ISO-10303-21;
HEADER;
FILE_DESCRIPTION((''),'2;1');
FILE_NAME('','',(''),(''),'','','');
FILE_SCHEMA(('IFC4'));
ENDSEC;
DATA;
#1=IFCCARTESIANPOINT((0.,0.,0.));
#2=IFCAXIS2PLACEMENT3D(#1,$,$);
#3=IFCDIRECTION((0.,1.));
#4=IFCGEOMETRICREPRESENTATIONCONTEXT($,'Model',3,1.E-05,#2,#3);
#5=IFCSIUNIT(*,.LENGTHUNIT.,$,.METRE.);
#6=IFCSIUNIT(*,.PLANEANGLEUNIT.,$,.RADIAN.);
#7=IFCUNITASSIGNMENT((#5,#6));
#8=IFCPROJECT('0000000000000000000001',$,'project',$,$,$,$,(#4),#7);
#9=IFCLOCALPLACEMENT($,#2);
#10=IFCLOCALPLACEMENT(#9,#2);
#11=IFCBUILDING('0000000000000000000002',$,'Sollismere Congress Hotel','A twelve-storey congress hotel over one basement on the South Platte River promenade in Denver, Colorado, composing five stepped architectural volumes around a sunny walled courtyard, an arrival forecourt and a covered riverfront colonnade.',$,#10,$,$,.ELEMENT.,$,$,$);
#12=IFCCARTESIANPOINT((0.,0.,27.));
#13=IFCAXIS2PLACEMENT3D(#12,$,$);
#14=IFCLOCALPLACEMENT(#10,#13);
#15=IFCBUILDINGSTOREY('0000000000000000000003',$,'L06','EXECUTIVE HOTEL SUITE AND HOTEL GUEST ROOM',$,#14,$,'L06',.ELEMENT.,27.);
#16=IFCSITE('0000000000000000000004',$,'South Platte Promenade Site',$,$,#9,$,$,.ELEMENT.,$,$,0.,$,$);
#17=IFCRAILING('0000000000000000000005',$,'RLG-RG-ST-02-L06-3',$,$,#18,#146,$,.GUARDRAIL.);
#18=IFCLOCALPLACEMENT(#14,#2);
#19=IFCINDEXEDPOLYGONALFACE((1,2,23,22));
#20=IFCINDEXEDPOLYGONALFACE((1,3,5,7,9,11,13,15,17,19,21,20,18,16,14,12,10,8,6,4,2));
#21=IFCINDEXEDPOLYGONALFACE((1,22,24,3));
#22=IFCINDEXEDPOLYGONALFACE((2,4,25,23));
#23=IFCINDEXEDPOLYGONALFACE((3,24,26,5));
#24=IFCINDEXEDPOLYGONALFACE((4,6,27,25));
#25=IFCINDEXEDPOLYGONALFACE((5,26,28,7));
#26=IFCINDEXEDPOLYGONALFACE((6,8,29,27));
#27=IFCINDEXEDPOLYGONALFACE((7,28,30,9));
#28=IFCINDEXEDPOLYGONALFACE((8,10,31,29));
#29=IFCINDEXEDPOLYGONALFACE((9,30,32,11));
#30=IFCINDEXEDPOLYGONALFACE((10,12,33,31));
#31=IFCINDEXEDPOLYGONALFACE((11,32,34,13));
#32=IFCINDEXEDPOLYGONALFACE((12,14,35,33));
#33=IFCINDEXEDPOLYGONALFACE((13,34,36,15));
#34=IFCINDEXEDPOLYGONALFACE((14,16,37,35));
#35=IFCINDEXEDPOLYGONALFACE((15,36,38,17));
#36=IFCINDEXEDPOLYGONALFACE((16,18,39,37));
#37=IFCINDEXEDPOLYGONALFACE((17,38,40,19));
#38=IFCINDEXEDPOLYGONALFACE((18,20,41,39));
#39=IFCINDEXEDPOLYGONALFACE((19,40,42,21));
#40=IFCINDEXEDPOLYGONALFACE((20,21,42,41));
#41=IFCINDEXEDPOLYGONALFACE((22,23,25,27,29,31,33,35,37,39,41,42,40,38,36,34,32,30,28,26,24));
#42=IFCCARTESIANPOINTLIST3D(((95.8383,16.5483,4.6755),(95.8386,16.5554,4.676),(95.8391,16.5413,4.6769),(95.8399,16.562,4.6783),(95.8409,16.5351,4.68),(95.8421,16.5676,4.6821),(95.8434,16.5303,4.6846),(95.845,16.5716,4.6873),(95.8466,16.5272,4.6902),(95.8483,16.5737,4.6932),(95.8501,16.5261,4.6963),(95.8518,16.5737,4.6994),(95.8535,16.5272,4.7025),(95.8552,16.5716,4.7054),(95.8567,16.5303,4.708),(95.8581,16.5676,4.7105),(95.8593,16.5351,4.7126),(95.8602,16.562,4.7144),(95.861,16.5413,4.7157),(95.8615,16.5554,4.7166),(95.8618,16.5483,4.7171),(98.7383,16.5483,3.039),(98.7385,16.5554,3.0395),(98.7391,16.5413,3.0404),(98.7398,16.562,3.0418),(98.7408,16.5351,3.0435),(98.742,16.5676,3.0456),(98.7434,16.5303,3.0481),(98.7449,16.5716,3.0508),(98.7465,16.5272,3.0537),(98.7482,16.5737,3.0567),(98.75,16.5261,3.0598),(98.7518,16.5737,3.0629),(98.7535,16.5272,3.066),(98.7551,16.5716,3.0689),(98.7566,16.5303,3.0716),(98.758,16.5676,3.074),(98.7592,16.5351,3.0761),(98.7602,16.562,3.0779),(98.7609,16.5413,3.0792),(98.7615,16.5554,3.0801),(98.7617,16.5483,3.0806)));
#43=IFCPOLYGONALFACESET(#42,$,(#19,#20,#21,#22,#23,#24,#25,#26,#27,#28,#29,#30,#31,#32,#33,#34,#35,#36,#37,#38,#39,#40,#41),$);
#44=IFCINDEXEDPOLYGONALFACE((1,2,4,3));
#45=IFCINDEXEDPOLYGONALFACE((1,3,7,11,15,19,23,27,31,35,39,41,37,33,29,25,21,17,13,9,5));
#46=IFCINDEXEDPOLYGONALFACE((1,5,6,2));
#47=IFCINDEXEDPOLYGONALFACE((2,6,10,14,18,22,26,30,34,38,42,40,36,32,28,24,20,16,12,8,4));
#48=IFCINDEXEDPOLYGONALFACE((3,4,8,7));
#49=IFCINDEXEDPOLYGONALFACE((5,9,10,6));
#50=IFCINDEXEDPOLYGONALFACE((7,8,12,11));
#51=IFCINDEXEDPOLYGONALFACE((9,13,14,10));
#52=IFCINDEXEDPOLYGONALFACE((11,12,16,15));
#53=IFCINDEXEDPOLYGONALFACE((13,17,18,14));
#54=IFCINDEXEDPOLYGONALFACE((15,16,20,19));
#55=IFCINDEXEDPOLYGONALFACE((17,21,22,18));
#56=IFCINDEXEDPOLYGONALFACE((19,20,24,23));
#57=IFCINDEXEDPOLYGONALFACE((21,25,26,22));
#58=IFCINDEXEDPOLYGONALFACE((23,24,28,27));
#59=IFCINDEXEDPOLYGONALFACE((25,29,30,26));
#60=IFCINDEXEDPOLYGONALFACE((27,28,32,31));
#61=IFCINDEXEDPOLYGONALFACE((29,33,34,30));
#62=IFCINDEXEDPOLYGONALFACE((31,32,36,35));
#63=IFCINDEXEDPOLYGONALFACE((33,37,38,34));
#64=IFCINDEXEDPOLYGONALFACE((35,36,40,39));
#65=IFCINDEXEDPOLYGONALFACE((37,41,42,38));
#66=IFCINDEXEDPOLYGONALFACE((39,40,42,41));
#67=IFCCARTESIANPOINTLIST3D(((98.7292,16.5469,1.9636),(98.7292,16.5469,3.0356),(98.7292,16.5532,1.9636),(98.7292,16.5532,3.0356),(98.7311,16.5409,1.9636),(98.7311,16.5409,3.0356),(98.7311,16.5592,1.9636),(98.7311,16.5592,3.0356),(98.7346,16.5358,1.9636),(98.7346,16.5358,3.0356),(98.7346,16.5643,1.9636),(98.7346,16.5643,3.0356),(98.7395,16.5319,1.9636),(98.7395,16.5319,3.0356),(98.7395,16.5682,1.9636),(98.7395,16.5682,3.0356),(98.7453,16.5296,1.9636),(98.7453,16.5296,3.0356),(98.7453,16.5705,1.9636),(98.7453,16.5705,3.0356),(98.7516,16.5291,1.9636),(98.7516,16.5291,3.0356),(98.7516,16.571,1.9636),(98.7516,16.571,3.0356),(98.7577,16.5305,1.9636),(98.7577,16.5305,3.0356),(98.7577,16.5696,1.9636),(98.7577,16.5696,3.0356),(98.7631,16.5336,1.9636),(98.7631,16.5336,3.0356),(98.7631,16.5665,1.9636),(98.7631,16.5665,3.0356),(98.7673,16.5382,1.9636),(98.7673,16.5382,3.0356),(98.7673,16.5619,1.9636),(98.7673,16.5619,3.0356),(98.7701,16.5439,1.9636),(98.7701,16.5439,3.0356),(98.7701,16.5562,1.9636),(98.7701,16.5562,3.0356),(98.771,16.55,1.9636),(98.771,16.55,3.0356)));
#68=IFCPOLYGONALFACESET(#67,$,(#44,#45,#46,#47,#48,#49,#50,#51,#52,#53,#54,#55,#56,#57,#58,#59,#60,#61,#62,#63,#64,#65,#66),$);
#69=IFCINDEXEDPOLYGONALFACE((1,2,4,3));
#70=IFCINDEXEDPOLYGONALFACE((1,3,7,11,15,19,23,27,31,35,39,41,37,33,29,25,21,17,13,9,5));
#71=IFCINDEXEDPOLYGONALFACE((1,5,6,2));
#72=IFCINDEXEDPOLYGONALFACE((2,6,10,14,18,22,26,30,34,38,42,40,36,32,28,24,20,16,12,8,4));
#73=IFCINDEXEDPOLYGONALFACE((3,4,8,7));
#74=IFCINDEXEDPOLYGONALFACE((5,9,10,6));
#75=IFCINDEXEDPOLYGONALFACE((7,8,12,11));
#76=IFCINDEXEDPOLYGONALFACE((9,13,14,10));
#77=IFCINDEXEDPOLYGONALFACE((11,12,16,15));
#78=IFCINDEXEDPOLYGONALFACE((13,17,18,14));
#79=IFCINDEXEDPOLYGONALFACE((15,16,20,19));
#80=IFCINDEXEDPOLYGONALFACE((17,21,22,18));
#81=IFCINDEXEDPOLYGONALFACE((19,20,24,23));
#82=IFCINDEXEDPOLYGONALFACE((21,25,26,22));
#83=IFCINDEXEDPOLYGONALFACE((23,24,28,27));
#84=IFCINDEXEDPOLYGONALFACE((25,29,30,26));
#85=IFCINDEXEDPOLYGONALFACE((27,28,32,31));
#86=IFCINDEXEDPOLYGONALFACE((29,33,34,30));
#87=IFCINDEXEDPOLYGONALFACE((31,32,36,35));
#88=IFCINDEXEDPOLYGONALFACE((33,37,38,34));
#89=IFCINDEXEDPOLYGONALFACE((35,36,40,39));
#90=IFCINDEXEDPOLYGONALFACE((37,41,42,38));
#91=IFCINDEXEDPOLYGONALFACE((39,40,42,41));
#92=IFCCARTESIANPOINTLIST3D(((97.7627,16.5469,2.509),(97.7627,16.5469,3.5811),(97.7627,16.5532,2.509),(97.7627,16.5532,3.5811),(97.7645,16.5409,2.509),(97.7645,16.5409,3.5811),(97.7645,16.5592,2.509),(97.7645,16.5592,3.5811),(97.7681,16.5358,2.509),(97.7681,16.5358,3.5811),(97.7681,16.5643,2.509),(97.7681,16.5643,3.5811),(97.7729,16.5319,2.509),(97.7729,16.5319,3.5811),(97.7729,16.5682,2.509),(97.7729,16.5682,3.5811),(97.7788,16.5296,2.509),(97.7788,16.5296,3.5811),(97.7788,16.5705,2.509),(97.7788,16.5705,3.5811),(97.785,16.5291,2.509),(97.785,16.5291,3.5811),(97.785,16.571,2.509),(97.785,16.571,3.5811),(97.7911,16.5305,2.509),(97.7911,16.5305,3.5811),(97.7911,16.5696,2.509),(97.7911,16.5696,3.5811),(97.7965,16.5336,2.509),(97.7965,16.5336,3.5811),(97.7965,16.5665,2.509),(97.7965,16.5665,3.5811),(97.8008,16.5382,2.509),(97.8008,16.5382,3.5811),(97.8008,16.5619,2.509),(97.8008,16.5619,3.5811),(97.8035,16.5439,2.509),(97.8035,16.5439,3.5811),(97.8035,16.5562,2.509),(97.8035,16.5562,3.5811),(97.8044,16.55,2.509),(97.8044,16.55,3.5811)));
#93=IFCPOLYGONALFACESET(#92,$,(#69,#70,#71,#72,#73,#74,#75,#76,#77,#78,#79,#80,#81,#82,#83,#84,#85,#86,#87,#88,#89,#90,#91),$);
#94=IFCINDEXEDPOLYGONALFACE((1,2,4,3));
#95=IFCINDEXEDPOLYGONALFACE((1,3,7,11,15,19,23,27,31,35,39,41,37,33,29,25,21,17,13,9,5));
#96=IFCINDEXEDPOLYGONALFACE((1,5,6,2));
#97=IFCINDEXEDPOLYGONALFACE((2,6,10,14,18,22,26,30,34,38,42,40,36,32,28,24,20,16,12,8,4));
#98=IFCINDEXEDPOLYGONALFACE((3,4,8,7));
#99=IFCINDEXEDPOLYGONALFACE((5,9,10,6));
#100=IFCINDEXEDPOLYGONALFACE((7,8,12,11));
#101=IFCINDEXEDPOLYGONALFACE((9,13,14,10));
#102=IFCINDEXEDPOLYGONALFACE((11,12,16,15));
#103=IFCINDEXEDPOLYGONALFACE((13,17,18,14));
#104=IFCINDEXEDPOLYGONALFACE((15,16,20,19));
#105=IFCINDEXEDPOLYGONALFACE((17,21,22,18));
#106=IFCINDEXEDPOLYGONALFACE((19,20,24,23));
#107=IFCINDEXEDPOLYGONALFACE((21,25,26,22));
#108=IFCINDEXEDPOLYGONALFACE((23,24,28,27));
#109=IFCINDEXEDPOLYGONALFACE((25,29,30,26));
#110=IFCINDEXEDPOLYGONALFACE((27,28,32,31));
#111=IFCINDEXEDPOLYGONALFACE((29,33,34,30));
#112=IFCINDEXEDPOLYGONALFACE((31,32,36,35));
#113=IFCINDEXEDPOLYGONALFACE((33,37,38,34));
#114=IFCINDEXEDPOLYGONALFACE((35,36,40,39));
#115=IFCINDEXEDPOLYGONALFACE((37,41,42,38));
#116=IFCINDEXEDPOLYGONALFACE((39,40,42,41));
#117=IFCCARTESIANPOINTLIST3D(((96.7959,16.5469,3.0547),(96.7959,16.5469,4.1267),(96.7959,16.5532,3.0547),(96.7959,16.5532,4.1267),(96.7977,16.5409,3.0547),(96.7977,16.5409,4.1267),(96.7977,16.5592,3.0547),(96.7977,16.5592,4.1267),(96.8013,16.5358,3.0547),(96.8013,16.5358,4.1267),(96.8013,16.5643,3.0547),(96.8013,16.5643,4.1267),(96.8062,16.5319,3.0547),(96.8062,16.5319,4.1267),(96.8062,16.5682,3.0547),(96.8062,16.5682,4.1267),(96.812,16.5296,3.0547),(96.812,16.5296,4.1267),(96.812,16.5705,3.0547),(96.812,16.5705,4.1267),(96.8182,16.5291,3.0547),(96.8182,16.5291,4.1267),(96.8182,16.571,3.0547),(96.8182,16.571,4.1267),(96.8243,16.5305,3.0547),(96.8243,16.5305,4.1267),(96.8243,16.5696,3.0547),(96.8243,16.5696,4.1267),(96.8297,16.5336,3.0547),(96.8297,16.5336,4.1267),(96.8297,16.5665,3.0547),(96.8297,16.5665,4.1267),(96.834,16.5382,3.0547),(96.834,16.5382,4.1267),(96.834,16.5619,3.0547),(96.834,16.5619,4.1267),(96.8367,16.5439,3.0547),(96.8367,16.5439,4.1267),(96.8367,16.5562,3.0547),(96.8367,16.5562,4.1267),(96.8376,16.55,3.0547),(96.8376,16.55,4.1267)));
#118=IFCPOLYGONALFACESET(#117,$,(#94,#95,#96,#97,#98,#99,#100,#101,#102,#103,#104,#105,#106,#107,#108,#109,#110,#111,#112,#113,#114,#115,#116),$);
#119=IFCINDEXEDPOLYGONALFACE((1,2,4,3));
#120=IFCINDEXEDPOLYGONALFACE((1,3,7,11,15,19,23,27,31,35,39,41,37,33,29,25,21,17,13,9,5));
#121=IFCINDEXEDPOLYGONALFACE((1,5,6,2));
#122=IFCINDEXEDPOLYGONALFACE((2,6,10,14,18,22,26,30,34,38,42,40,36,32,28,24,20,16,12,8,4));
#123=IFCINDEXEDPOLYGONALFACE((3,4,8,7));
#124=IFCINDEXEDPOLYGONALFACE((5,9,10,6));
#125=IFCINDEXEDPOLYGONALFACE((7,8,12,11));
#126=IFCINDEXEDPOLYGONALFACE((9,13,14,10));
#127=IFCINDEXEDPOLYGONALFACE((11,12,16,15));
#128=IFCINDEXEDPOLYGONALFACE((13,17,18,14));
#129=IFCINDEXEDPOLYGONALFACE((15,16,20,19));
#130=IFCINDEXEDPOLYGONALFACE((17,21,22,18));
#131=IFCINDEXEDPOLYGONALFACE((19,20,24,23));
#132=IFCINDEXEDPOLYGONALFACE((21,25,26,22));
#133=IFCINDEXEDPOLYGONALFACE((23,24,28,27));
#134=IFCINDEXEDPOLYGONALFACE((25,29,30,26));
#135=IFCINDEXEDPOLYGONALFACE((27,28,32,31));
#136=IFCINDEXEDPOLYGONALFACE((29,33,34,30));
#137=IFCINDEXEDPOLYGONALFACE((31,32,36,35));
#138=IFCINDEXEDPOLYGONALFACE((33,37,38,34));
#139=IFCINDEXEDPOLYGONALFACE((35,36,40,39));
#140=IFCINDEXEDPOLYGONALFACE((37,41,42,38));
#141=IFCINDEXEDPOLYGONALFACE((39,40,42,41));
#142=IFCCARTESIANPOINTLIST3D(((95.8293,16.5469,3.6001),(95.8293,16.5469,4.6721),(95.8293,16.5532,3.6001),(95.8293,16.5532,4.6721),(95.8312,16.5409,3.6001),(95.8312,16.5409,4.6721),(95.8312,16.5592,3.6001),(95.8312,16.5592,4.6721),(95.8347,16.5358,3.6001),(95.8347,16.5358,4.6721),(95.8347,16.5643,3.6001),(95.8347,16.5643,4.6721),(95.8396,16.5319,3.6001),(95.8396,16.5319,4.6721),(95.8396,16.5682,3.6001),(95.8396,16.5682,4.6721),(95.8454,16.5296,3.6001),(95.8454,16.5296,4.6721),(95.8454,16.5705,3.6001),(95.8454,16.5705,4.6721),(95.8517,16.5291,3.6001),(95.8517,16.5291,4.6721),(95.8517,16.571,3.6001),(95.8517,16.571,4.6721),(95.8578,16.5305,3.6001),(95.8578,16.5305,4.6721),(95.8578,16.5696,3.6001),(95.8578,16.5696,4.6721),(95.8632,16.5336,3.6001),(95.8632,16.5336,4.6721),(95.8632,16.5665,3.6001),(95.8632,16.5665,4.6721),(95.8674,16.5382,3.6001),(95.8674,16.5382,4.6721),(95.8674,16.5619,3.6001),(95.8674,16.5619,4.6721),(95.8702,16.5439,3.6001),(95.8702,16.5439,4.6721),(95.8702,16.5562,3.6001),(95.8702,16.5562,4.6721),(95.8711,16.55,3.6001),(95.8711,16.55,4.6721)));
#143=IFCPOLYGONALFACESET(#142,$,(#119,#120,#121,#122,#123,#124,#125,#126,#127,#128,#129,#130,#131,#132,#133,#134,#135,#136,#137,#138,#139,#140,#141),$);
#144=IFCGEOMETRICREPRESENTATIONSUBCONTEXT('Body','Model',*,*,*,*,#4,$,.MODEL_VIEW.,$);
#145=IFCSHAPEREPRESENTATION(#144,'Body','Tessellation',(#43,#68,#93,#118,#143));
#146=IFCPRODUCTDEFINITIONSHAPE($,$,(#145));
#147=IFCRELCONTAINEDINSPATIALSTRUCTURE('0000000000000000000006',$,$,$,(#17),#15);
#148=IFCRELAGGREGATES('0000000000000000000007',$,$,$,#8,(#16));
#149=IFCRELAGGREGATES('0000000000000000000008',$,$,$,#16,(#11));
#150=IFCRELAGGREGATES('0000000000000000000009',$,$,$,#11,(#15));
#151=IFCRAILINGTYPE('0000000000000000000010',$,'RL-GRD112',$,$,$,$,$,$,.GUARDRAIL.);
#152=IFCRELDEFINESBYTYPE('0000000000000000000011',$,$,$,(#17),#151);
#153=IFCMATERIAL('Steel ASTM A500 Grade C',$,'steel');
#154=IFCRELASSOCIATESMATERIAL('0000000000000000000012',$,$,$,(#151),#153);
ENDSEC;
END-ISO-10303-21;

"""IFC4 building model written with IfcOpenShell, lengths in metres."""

from ifc_helpers import new_model, si_unit, direction, frame, origin, origin_2d, place, context, subcontext, project, spatial, circle, extrude, material, type_object, element, save


model = new_model("IFC4")

# Units and contexts
model_context = context("Model", 3, precision=1e-05, world=origin(), true_north=direction((0.0, 1.0)))
body_context = subcontext(model_context, "Body", "Model", "MODEL_VIEW")
ifc_project = project(units=[si_unit("LENGTHUNIT", "METRE"), si_unit("PLANEANGLEUNIT", "RADIAN")], contexts=[model_context])

# Site, building, storey
site_placement = place(None, origin())
site = spatial("IfcSite", under=ifc_project, at=site_placement, Name="South Platte Promenade Site", CompositionType="ELEMENT", RefElevation=0.0)
building_placement = place(site_placement, origin())
building = spatial("IfcBuilding", under=site, at=building_placement, Name="Sollismere Congress Hotel", Description="A twelve-storey congress hotel over one basement on the South Platte River promenade in Denver, Colorado, composing five stepped architectural volumes around a sunny walled courtyard, an arrival forecourt and a covered riverfront colonnade.", CompositionType="ELEMENT")
storey_placement = place(building_placement, frame((0.0, 0.0, 27.0)))
storey = spatial("IfcBuildingStorey", under=building, at=storey_placement, Name="L06", Description="EXECUTIVE HOTEL SUITE AND HOTEL GUEST ROOM", LongName="L06", CompositionType="ELEMENT", Elevation=27.0)

# Shared definitions
ifc_material_1 = material(Name="Steel ASTM A500 Grade C", Category="steel")

# Railing
railing_type_1 = type_object("IfcRailingType", Name="RL-GRD112", PredefinedType="GUARDRAIL", material=ifc_material_1)
railing_1_placement = place(storey_placement, frame((98.75, 16.55, 1.9636)))
element("IfcRailing", 1, at=railing_1_placement, inside=storey, type_object=railing_type_1, Name="RLG-RG-ST-02-L06-3", PredefinedType="GUARDRAIL", context=body_context, shape_type="SweptSolid", body=[
    extrude(circle(Radius=0.0239, at=origin_2d()), frame((0.0, 0.0, 1.0962), z_axis=(-0.870897, 0.0, 0.491465), x_axis=(0.0, -1.0, 0.0)), (0.0, 0.0, 1.0), 3.3298),
    extrude(circle(Radius=0.021, at=origin_2d()), origin(), (0.0, 0.0, 1.0), 1.072),
    extrude(circle(Radius=0.021, at=origin_2d()), frame((-0.9666, 0.0, 0.5454)), (0.0, 0.0, 1.0), 1.072),
    extrude(circle(Radius=0.021, at=origin_2d()), frame((-1.9333, 0.0, 1.0911)), (0.0, 0.0, 1.0), 1.072),
    extrude(circle(Radius=0.021, at=origin_2d()), frame((-2.8999, 0.0, 1.6365)), (0.0, 0.0, 1.0), 1.072),
])

save(model, "model.ifc")
